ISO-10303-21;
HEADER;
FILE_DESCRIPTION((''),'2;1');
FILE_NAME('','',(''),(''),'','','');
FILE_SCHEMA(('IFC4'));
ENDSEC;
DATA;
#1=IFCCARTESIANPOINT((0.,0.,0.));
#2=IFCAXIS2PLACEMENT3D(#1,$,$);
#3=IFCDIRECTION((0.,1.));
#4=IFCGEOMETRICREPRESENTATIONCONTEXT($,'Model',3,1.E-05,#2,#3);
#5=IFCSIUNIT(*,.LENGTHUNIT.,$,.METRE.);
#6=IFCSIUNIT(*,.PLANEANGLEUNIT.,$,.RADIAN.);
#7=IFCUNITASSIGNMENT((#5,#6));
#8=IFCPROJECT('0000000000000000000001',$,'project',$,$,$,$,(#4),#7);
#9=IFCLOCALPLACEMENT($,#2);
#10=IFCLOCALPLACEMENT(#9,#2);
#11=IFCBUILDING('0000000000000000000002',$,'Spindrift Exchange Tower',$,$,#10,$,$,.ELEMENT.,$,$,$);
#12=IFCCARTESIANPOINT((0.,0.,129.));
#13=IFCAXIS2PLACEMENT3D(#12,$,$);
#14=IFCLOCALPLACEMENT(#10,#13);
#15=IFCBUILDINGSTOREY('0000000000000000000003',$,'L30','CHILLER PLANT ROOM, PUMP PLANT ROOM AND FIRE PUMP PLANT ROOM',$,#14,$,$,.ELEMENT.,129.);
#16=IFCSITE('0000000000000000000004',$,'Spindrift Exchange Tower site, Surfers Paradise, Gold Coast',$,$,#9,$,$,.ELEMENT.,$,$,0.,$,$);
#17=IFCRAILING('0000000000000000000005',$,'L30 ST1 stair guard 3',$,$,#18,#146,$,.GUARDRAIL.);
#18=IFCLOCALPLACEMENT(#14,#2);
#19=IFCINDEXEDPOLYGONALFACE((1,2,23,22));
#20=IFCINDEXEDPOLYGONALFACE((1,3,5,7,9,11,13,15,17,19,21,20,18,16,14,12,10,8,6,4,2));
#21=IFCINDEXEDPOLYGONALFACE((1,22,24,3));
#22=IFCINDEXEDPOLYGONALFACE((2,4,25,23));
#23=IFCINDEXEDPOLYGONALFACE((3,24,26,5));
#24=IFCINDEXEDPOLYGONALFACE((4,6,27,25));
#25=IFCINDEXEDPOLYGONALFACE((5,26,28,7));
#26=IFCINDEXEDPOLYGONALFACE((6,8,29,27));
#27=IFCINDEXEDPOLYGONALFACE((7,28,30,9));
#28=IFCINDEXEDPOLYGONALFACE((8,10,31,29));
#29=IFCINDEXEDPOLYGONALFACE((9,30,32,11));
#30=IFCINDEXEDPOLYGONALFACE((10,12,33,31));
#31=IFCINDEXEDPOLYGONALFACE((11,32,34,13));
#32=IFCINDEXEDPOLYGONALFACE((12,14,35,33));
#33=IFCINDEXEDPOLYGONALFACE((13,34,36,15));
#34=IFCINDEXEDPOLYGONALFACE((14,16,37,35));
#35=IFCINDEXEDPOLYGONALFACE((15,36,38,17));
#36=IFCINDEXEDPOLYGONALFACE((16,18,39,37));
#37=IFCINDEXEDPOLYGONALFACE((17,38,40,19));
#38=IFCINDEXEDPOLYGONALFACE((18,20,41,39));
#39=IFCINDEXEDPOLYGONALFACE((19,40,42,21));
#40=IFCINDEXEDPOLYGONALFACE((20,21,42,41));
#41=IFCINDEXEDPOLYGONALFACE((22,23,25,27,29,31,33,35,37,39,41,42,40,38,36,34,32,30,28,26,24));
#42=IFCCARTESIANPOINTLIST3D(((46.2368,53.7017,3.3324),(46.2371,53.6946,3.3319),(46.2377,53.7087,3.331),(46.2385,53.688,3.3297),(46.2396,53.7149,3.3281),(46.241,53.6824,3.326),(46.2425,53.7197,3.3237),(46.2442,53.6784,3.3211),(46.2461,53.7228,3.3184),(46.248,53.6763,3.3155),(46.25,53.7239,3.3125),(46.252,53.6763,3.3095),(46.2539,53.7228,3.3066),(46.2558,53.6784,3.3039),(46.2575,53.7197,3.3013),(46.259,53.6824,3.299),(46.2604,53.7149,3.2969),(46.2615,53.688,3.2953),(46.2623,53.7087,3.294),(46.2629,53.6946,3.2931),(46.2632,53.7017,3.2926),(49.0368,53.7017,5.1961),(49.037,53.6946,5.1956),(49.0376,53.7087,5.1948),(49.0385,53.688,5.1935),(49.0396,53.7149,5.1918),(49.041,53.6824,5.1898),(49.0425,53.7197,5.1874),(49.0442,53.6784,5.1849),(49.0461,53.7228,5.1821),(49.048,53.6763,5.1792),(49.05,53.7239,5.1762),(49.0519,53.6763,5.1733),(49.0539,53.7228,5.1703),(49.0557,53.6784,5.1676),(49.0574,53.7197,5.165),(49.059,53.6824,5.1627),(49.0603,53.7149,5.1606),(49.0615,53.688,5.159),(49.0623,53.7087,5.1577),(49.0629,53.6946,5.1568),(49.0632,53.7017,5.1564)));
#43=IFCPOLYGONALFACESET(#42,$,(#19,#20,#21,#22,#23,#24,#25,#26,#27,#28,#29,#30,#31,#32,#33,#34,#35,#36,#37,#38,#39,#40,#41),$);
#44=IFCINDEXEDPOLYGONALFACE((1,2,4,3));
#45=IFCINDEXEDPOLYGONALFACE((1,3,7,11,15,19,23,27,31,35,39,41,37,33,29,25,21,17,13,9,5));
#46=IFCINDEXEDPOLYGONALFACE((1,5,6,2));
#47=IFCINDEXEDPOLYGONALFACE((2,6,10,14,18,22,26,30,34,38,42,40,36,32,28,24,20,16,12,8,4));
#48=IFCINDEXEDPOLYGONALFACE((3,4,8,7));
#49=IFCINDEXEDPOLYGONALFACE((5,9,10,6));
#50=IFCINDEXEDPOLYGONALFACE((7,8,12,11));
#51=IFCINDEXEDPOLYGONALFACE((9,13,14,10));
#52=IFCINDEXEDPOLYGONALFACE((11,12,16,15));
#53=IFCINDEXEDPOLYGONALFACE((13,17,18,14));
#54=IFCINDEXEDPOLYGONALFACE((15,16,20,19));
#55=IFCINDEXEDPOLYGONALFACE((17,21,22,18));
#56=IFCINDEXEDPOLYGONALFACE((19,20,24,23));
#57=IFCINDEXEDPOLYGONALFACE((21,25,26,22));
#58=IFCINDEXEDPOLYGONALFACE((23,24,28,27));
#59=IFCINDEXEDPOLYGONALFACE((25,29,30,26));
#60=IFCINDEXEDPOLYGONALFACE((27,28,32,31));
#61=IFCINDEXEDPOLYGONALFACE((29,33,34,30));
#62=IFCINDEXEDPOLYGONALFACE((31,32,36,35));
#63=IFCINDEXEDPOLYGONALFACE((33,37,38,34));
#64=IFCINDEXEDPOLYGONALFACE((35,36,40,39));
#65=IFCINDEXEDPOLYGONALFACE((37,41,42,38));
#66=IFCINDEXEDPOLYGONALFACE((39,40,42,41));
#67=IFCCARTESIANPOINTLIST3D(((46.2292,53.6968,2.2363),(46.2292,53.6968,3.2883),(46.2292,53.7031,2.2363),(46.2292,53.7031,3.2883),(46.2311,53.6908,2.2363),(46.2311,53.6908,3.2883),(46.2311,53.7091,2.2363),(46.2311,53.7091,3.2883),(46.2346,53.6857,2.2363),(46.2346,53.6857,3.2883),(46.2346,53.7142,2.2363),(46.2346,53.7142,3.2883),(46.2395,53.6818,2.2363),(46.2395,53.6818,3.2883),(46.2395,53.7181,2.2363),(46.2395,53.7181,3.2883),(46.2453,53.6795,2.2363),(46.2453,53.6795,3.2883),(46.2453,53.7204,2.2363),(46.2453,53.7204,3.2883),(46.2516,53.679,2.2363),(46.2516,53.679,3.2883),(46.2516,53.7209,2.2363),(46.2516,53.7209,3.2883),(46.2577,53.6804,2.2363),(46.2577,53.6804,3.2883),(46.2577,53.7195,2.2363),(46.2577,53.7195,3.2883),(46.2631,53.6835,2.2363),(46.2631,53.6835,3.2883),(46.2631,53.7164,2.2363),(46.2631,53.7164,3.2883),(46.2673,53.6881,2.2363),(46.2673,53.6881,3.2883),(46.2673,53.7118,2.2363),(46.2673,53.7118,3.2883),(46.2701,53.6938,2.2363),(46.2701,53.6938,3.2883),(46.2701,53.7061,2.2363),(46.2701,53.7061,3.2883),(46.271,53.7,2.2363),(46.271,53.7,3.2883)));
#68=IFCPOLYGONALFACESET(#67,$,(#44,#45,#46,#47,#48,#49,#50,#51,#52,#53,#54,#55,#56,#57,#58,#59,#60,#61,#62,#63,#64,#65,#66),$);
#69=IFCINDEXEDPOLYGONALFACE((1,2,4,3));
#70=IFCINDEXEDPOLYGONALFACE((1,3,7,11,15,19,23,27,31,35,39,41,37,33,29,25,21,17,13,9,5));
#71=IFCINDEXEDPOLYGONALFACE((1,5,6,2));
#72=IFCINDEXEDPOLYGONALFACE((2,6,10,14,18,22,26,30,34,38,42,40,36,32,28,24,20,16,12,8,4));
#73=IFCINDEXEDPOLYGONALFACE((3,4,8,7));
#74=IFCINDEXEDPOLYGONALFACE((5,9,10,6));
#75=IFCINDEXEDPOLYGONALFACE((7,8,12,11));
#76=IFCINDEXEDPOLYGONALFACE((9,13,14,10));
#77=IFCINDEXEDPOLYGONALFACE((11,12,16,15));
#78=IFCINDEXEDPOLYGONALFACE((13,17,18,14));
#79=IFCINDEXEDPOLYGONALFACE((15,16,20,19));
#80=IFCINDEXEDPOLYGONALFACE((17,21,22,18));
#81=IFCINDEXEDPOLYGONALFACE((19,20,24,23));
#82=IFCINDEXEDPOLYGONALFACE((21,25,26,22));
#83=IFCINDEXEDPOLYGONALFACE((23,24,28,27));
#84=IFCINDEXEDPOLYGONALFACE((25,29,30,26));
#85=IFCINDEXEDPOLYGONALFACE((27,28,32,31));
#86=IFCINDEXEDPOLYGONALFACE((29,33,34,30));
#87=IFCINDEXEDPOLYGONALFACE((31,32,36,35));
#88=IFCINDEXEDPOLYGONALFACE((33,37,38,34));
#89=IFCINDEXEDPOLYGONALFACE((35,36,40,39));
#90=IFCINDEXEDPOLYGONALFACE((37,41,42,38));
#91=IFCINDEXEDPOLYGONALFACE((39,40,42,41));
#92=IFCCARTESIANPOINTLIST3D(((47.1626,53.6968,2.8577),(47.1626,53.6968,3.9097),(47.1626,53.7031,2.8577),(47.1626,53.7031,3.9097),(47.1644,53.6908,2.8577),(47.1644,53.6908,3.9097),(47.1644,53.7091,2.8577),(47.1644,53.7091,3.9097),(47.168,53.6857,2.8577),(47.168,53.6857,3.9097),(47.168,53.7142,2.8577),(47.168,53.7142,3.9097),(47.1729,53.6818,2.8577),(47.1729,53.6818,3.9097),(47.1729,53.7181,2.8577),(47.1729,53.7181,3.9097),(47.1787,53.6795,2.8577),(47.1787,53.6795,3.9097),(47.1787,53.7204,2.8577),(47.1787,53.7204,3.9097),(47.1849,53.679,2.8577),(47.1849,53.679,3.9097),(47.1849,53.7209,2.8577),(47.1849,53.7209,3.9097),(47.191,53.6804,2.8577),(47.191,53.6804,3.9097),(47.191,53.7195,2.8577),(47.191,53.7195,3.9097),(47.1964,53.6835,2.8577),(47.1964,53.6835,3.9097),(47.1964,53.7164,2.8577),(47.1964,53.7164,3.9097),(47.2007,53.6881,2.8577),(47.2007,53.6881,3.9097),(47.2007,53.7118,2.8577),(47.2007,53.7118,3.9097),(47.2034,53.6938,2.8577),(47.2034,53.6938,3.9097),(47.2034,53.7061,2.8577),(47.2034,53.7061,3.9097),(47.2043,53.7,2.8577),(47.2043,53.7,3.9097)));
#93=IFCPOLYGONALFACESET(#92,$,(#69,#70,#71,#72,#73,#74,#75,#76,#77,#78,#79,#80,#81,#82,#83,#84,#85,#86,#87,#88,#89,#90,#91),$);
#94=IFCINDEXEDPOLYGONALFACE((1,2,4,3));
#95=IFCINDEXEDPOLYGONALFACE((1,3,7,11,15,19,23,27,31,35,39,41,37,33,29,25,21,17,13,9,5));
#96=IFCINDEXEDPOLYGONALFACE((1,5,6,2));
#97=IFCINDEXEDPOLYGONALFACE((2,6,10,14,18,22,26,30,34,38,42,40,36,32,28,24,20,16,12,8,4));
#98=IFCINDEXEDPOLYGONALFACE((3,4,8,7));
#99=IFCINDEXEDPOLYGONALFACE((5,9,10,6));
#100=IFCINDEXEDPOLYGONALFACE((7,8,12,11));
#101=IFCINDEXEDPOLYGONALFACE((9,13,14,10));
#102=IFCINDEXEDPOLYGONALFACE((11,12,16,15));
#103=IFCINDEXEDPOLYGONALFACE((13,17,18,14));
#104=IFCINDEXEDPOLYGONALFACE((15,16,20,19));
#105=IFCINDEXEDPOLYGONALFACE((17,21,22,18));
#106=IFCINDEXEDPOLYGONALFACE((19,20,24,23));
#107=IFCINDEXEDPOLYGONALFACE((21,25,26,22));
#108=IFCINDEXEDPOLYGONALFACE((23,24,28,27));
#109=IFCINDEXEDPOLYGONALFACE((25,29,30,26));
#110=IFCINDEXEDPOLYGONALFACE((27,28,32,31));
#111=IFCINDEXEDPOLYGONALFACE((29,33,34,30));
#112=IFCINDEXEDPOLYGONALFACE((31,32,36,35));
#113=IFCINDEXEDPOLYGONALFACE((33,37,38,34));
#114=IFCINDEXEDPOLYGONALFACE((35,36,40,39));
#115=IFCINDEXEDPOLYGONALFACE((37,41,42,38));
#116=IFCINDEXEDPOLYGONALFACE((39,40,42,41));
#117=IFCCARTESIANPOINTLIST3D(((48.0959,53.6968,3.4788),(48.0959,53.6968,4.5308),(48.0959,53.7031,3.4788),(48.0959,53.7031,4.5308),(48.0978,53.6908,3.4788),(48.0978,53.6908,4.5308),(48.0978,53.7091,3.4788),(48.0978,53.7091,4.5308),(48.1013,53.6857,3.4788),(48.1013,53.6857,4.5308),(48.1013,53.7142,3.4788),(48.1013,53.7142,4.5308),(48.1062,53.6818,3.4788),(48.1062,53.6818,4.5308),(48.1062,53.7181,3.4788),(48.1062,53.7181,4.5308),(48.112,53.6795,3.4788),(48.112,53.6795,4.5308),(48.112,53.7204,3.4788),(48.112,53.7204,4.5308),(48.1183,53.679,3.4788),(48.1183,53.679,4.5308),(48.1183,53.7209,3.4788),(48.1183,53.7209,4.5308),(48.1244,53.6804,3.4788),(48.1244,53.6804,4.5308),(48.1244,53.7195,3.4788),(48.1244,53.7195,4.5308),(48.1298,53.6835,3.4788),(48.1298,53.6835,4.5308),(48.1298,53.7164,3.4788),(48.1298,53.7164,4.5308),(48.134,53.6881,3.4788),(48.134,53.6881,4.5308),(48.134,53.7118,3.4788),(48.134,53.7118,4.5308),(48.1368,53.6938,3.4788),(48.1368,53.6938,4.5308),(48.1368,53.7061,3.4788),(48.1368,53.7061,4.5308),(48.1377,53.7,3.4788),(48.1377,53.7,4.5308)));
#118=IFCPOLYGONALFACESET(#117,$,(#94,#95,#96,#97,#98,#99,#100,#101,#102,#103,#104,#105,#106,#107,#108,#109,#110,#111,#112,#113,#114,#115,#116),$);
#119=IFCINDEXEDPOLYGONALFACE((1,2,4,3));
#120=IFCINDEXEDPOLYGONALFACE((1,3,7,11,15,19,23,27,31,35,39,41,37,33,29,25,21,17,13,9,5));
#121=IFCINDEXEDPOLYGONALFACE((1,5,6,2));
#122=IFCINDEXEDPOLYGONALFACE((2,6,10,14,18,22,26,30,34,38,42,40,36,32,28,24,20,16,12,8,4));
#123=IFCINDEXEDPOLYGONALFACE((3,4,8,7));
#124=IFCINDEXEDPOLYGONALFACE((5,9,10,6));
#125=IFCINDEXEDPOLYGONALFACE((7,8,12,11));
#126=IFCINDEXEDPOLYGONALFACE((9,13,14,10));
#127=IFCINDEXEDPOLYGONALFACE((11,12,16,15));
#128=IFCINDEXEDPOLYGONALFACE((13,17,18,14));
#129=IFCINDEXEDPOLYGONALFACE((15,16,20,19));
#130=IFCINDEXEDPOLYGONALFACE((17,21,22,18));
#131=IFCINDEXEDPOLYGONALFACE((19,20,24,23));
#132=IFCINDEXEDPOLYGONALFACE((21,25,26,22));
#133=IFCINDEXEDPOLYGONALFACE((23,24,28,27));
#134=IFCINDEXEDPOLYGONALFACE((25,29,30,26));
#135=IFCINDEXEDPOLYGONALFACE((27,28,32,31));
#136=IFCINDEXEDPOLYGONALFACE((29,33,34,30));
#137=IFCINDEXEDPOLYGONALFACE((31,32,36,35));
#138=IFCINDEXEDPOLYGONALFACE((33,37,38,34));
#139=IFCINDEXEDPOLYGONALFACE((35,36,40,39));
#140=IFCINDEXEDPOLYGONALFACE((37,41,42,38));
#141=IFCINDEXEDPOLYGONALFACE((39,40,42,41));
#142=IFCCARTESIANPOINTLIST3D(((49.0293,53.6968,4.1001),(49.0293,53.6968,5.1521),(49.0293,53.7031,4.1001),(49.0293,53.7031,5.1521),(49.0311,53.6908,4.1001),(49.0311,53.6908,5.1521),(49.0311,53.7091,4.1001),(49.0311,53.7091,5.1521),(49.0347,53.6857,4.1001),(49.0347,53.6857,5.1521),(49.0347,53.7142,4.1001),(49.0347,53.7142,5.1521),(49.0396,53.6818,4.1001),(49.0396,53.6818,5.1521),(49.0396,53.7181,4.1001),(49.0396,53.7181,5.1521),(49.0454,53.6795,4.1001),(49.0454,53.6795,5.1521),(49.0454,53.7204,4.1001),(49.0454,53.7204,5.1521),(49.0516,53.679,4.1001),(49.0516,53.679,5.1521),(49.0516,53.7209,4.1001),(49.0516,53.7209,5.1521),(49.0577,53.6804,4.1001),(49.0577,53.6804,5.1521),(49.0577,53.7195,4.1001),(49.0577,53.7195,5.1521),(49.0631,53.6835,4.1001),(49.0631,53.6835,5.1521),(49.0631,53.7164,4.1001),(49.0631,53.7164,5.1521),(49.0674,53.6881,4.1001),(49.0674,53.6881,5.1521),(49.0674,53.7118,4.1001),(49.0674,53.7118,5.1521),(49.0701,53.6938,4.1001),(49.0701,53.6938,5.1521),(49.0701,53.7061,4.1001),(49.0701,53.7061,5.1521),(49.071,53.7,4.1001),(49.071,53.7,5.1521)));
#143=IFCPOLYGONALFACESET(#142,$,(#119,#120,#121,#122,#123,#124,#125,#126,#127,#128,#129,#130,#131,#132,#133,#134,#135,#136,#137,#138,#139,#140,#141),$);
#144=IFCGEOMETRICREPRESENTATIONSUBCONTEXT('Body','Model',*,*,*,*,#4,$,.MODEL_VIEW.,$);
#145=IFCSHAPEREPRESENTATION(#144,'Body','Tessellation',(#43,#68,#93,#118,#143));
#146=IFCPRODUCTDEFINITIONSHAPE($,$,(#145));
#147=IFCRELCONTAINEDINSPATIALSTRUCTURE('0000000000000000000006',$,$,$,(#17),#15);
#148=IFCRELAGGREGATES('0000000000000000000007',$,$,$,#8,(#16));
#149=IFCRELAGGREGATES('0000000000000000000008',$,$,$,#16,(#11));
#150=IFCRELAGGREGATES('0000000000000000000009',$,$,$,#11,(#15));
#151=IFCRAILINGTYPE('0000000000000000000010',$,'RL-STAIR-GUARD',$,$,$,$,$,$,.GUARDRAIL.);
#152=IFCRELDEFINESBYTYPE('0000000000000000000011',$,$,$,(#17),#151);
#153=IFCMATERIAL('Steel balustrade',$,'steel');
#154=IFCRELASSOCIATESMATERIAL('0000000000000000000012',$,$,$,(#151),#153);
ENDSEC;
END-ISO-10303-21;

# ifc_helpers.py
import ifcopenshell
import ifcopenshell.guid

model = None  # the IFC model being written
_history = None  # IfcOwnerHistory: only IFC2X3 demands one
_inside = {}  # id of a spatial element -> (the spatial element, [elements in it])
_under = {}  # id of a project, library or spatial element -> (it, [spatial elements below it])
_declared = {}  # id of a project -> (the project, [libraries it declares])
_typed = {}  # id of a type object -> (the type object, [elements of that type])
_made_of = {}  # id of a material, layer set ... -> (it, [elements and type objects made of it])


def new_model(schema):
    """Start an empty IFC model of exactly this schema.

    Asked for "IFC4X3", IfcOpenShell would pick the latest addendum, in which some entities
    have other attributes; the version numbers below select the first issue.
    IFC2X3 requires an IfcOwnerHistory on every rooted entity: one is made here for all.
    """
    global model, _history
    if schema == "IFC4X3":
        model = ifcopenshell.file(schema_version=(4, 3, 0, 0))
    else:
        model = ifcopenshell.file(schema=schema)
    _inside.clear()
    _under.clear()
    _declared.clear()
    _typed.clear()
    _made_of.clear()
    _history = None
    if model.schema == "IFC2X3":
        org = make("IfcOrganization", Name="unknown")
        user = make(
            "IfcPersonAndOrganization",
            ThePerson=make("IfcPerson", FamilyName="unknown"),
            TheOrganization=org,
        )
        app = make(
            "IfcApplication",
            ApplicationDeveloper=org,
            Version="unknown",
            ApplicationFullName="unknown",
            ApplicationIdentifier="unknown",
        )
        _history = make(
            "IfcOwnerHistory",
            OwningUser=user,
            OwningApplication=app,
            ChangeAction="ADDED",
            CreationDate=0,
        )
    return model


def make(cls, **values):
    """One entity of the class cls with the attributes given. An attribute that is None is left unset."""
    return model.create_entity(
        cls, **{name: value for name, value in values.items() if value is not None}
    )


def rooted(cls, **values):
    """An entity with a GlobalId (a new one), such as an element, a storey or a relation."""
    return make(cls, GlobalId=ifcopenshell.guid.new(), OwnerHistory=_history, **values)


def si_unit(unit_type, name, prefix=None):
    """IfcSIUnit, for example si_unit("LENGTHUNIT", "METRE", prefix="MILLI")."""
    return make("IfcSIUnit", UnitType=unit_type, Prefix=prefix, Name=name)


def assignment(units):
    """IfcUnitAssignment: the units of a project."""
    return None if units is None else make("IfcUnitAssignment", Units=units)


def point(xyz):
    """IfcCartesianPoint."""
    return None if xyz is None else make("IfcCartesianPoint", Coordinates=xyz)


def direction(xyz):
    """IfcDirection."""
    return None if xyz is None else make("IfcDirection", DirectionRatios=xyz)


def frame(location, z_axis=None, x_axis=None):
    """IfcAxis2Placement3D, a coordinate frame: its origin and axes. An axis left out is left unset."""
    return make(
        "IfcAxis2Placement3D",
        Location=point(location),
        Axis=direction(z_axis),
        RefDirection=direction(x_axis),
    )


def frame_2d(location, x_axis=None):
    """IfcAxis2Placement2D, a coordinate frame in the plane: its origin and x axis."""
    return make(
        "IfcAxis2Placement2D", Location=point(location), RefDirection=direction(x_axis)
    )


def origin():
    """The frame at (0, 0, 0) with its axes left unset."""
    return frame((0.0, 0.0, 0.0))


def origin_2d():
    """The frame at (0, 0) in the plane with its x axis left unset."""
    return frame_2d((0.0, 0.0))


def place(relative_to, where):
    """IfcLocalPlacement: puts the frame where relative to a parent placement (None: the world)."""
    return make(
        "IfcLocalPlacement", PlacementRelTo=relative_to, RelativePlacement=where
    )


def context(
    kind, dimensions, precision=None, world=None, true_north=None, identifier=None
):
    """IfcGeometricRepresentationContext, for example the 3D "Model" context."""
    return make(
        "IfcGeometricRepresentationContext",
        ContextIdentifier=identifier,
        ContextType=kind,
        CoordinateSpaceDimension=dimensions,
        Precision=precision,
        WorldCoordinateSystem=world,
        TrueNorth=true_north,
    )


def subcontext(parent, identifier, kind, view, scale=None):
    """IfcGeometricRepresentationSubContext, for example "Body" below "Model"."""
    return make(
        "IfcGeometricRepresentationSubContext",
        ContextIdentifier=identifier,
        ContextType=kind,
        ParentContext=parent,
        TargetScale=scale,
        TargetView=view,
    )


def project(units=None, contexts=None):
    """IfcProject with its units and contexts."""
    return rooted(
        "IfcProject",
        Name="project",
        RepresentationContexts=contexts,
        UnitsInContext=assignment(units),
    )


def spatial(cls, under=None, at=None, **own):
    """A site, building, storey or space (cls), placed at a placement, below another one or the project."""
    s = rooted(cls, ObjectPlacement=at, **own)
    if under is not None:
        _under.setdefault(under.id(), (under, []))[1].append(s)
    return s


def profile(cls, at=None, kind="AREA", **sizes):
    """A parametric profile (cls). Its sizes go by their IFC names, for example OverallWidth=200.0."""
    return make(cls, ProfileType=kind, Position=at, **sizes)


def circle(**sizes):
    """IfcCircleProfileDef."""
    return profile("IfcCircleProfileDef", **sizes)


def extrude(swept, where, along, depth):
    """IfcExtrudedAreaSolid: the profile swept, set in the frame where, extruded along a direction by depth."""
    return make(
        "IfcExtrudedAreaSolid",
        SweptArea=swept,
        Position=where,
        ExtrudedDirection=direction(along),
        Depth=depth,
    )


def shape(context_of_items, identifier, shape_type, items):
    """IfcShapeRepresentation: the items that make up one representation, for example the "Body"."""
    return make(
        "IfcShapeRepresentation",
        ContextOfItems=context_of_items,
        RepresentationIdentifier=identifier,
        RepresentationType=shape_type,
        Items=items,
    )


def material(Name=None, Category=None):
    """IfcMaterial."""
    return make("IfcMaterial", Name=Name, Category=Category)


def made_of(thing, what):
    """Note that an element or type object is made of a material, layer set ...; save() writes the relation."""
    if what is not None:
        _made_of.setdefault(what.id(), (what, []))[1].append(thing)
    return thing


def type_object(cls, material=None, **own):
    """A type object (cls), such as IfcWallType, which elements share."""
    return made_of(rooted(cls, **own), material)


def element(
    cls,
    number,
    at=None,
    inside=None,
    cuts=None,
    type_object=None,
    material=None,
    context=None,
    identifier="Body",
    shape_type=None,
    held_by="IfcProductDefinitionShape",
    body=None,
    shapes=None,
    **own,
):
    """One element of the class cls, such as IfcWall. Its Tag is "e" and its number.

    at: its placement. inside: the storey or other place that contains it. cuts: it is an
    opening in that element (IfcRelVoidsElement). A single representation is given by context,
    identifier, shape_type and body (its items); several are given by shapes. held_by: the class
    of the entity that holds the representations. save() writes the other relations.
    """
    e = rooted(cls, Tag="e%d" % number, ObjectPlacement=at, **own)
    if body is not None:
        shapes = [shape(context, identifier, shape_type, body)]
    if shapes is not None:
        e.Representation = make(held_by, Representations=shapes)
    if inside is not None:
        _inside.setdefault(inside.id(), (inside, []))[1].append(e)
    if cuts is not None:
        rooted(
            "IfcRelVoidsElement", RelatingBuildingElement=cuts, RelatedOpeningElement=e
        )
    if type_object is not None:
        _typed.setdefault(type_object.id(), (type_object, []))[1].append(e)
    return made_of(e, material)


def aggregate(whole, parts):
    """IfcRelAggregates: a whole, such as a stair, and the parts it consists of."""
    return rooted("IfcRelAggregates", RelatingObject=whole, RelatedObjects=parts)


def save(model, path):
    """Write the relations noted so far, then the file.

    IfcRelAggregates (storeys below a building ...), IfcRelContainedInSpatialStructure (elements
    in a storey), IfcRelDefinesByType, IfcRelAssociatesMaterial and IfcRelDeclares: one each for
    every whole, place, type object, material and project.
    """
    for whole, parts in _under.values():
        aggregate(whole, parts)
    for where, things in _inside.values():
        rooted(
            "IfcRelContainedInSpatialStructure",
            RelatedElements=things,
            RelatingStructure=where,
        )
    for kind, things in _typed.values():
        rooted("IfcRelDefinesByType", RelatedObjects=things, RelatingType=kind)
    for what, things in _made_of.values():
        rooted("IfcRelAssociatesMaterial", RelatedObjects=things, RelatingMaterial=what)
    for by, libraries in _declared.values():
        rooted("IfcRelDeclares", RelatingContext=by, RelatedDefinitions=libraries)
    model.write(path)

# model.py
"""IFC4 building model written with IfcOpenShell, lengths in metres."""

from ifc_helpers import new_model, si_unit, direction, frame, origin, origin_2d, place, context, subcontext, project, spatial, circle, extrude, material, type_object, element, save


model = new_model("IFC4")

# Units and contexts
model_context = context("Model", 3, precision=1e-05, world=origin(), true_north=direction((0.0, 1.0)))
body_context = subcontext(model_context, "Body", "Model", "MODEL_VIEW")
ifc_project = project(units=[si_unit("LENGTHUNIT", "METRE"), si_unit("PLANEANGLEUNIT", "RADIAN")], contexts=[model_context])

# Site, building, storey
site_placement = place(None, origin())
site = spatial("IfcSite", under=ifc_project, at=site_placement, Name="Spindrift Exchange Tower site, Surfers Paradise, Gold Coast", CompositionType="ELEMENT", RefElevation=0.0)
building_placement = place(site_placement, origin())
building = spatial("IfcBuilding", under=site, at=building_placement, Name="Spindrift Exchange Tower", CompositionType="ELEMENT")
storey_placement = place(building_placement, frame((0.0, 0.0, 129.0)))
storey = spatial("IfcBuildingStorey", under=building, at=storey_placement, Name="L30", Description="CHILLER PLANT ROOM, PUMP PLANT ROOM AND FIRE PUMP PLANT ROOM", CompositionType="ELEMENT", Elevation=129.0)

# Railing
ifc_material_1 = material(Name="Steel balustrade", Category="steel")
railing_type_1 = type_object("IfcRailingType", Name="RL-STAIR-GUARD", PredefinedType="GUARDRAIL", material=ifc_material_1)
railing_1_placement = place(storey_placement, frame((46.25, 53.7, 2.2363)))
element("IfcRailing", 1, at=railing_1_placement, inside=storey, type_object=railing_type_1, Name="L30 ST1 stair guard 3", PredefinedType="GUARDRAIL", context=body_context, shape_type="SweptSolid", body=[
    extrude(circle(Radius=0.0239, at=origin_2d()), frame((0.0, 0.0, 1.0762), z_axis=(0.832452, 0.0, 0.554097), x_axis=(0.0, 1.0, 0.0)), (0.0, 0.0, 1.0), 3.3635),
    extrude(circle(Radius=0.021, at=origin_2d()), origin(), (0.0, 0.0, 1.0), 1.052),
    extrude(circle(Radius=0.021, at=origin_2d()), frame((0.9333, 0.0, 0.6213)), (0.0, 0.0, 1.0), 1.052),
    extrude(circle(Radius=0.021, at=origin_2d()), frame((1.8667, 0.0, 1.2424)), (0.0, 0.0, 1.0), 1.052),
    extrude(circle(Radius=0.021, at=origin_2d()), frame((2.8, 0.0, 1.8638)), (0.0, 0.0, 1.0), 1.052),
])

save(model, "model.ifc")
